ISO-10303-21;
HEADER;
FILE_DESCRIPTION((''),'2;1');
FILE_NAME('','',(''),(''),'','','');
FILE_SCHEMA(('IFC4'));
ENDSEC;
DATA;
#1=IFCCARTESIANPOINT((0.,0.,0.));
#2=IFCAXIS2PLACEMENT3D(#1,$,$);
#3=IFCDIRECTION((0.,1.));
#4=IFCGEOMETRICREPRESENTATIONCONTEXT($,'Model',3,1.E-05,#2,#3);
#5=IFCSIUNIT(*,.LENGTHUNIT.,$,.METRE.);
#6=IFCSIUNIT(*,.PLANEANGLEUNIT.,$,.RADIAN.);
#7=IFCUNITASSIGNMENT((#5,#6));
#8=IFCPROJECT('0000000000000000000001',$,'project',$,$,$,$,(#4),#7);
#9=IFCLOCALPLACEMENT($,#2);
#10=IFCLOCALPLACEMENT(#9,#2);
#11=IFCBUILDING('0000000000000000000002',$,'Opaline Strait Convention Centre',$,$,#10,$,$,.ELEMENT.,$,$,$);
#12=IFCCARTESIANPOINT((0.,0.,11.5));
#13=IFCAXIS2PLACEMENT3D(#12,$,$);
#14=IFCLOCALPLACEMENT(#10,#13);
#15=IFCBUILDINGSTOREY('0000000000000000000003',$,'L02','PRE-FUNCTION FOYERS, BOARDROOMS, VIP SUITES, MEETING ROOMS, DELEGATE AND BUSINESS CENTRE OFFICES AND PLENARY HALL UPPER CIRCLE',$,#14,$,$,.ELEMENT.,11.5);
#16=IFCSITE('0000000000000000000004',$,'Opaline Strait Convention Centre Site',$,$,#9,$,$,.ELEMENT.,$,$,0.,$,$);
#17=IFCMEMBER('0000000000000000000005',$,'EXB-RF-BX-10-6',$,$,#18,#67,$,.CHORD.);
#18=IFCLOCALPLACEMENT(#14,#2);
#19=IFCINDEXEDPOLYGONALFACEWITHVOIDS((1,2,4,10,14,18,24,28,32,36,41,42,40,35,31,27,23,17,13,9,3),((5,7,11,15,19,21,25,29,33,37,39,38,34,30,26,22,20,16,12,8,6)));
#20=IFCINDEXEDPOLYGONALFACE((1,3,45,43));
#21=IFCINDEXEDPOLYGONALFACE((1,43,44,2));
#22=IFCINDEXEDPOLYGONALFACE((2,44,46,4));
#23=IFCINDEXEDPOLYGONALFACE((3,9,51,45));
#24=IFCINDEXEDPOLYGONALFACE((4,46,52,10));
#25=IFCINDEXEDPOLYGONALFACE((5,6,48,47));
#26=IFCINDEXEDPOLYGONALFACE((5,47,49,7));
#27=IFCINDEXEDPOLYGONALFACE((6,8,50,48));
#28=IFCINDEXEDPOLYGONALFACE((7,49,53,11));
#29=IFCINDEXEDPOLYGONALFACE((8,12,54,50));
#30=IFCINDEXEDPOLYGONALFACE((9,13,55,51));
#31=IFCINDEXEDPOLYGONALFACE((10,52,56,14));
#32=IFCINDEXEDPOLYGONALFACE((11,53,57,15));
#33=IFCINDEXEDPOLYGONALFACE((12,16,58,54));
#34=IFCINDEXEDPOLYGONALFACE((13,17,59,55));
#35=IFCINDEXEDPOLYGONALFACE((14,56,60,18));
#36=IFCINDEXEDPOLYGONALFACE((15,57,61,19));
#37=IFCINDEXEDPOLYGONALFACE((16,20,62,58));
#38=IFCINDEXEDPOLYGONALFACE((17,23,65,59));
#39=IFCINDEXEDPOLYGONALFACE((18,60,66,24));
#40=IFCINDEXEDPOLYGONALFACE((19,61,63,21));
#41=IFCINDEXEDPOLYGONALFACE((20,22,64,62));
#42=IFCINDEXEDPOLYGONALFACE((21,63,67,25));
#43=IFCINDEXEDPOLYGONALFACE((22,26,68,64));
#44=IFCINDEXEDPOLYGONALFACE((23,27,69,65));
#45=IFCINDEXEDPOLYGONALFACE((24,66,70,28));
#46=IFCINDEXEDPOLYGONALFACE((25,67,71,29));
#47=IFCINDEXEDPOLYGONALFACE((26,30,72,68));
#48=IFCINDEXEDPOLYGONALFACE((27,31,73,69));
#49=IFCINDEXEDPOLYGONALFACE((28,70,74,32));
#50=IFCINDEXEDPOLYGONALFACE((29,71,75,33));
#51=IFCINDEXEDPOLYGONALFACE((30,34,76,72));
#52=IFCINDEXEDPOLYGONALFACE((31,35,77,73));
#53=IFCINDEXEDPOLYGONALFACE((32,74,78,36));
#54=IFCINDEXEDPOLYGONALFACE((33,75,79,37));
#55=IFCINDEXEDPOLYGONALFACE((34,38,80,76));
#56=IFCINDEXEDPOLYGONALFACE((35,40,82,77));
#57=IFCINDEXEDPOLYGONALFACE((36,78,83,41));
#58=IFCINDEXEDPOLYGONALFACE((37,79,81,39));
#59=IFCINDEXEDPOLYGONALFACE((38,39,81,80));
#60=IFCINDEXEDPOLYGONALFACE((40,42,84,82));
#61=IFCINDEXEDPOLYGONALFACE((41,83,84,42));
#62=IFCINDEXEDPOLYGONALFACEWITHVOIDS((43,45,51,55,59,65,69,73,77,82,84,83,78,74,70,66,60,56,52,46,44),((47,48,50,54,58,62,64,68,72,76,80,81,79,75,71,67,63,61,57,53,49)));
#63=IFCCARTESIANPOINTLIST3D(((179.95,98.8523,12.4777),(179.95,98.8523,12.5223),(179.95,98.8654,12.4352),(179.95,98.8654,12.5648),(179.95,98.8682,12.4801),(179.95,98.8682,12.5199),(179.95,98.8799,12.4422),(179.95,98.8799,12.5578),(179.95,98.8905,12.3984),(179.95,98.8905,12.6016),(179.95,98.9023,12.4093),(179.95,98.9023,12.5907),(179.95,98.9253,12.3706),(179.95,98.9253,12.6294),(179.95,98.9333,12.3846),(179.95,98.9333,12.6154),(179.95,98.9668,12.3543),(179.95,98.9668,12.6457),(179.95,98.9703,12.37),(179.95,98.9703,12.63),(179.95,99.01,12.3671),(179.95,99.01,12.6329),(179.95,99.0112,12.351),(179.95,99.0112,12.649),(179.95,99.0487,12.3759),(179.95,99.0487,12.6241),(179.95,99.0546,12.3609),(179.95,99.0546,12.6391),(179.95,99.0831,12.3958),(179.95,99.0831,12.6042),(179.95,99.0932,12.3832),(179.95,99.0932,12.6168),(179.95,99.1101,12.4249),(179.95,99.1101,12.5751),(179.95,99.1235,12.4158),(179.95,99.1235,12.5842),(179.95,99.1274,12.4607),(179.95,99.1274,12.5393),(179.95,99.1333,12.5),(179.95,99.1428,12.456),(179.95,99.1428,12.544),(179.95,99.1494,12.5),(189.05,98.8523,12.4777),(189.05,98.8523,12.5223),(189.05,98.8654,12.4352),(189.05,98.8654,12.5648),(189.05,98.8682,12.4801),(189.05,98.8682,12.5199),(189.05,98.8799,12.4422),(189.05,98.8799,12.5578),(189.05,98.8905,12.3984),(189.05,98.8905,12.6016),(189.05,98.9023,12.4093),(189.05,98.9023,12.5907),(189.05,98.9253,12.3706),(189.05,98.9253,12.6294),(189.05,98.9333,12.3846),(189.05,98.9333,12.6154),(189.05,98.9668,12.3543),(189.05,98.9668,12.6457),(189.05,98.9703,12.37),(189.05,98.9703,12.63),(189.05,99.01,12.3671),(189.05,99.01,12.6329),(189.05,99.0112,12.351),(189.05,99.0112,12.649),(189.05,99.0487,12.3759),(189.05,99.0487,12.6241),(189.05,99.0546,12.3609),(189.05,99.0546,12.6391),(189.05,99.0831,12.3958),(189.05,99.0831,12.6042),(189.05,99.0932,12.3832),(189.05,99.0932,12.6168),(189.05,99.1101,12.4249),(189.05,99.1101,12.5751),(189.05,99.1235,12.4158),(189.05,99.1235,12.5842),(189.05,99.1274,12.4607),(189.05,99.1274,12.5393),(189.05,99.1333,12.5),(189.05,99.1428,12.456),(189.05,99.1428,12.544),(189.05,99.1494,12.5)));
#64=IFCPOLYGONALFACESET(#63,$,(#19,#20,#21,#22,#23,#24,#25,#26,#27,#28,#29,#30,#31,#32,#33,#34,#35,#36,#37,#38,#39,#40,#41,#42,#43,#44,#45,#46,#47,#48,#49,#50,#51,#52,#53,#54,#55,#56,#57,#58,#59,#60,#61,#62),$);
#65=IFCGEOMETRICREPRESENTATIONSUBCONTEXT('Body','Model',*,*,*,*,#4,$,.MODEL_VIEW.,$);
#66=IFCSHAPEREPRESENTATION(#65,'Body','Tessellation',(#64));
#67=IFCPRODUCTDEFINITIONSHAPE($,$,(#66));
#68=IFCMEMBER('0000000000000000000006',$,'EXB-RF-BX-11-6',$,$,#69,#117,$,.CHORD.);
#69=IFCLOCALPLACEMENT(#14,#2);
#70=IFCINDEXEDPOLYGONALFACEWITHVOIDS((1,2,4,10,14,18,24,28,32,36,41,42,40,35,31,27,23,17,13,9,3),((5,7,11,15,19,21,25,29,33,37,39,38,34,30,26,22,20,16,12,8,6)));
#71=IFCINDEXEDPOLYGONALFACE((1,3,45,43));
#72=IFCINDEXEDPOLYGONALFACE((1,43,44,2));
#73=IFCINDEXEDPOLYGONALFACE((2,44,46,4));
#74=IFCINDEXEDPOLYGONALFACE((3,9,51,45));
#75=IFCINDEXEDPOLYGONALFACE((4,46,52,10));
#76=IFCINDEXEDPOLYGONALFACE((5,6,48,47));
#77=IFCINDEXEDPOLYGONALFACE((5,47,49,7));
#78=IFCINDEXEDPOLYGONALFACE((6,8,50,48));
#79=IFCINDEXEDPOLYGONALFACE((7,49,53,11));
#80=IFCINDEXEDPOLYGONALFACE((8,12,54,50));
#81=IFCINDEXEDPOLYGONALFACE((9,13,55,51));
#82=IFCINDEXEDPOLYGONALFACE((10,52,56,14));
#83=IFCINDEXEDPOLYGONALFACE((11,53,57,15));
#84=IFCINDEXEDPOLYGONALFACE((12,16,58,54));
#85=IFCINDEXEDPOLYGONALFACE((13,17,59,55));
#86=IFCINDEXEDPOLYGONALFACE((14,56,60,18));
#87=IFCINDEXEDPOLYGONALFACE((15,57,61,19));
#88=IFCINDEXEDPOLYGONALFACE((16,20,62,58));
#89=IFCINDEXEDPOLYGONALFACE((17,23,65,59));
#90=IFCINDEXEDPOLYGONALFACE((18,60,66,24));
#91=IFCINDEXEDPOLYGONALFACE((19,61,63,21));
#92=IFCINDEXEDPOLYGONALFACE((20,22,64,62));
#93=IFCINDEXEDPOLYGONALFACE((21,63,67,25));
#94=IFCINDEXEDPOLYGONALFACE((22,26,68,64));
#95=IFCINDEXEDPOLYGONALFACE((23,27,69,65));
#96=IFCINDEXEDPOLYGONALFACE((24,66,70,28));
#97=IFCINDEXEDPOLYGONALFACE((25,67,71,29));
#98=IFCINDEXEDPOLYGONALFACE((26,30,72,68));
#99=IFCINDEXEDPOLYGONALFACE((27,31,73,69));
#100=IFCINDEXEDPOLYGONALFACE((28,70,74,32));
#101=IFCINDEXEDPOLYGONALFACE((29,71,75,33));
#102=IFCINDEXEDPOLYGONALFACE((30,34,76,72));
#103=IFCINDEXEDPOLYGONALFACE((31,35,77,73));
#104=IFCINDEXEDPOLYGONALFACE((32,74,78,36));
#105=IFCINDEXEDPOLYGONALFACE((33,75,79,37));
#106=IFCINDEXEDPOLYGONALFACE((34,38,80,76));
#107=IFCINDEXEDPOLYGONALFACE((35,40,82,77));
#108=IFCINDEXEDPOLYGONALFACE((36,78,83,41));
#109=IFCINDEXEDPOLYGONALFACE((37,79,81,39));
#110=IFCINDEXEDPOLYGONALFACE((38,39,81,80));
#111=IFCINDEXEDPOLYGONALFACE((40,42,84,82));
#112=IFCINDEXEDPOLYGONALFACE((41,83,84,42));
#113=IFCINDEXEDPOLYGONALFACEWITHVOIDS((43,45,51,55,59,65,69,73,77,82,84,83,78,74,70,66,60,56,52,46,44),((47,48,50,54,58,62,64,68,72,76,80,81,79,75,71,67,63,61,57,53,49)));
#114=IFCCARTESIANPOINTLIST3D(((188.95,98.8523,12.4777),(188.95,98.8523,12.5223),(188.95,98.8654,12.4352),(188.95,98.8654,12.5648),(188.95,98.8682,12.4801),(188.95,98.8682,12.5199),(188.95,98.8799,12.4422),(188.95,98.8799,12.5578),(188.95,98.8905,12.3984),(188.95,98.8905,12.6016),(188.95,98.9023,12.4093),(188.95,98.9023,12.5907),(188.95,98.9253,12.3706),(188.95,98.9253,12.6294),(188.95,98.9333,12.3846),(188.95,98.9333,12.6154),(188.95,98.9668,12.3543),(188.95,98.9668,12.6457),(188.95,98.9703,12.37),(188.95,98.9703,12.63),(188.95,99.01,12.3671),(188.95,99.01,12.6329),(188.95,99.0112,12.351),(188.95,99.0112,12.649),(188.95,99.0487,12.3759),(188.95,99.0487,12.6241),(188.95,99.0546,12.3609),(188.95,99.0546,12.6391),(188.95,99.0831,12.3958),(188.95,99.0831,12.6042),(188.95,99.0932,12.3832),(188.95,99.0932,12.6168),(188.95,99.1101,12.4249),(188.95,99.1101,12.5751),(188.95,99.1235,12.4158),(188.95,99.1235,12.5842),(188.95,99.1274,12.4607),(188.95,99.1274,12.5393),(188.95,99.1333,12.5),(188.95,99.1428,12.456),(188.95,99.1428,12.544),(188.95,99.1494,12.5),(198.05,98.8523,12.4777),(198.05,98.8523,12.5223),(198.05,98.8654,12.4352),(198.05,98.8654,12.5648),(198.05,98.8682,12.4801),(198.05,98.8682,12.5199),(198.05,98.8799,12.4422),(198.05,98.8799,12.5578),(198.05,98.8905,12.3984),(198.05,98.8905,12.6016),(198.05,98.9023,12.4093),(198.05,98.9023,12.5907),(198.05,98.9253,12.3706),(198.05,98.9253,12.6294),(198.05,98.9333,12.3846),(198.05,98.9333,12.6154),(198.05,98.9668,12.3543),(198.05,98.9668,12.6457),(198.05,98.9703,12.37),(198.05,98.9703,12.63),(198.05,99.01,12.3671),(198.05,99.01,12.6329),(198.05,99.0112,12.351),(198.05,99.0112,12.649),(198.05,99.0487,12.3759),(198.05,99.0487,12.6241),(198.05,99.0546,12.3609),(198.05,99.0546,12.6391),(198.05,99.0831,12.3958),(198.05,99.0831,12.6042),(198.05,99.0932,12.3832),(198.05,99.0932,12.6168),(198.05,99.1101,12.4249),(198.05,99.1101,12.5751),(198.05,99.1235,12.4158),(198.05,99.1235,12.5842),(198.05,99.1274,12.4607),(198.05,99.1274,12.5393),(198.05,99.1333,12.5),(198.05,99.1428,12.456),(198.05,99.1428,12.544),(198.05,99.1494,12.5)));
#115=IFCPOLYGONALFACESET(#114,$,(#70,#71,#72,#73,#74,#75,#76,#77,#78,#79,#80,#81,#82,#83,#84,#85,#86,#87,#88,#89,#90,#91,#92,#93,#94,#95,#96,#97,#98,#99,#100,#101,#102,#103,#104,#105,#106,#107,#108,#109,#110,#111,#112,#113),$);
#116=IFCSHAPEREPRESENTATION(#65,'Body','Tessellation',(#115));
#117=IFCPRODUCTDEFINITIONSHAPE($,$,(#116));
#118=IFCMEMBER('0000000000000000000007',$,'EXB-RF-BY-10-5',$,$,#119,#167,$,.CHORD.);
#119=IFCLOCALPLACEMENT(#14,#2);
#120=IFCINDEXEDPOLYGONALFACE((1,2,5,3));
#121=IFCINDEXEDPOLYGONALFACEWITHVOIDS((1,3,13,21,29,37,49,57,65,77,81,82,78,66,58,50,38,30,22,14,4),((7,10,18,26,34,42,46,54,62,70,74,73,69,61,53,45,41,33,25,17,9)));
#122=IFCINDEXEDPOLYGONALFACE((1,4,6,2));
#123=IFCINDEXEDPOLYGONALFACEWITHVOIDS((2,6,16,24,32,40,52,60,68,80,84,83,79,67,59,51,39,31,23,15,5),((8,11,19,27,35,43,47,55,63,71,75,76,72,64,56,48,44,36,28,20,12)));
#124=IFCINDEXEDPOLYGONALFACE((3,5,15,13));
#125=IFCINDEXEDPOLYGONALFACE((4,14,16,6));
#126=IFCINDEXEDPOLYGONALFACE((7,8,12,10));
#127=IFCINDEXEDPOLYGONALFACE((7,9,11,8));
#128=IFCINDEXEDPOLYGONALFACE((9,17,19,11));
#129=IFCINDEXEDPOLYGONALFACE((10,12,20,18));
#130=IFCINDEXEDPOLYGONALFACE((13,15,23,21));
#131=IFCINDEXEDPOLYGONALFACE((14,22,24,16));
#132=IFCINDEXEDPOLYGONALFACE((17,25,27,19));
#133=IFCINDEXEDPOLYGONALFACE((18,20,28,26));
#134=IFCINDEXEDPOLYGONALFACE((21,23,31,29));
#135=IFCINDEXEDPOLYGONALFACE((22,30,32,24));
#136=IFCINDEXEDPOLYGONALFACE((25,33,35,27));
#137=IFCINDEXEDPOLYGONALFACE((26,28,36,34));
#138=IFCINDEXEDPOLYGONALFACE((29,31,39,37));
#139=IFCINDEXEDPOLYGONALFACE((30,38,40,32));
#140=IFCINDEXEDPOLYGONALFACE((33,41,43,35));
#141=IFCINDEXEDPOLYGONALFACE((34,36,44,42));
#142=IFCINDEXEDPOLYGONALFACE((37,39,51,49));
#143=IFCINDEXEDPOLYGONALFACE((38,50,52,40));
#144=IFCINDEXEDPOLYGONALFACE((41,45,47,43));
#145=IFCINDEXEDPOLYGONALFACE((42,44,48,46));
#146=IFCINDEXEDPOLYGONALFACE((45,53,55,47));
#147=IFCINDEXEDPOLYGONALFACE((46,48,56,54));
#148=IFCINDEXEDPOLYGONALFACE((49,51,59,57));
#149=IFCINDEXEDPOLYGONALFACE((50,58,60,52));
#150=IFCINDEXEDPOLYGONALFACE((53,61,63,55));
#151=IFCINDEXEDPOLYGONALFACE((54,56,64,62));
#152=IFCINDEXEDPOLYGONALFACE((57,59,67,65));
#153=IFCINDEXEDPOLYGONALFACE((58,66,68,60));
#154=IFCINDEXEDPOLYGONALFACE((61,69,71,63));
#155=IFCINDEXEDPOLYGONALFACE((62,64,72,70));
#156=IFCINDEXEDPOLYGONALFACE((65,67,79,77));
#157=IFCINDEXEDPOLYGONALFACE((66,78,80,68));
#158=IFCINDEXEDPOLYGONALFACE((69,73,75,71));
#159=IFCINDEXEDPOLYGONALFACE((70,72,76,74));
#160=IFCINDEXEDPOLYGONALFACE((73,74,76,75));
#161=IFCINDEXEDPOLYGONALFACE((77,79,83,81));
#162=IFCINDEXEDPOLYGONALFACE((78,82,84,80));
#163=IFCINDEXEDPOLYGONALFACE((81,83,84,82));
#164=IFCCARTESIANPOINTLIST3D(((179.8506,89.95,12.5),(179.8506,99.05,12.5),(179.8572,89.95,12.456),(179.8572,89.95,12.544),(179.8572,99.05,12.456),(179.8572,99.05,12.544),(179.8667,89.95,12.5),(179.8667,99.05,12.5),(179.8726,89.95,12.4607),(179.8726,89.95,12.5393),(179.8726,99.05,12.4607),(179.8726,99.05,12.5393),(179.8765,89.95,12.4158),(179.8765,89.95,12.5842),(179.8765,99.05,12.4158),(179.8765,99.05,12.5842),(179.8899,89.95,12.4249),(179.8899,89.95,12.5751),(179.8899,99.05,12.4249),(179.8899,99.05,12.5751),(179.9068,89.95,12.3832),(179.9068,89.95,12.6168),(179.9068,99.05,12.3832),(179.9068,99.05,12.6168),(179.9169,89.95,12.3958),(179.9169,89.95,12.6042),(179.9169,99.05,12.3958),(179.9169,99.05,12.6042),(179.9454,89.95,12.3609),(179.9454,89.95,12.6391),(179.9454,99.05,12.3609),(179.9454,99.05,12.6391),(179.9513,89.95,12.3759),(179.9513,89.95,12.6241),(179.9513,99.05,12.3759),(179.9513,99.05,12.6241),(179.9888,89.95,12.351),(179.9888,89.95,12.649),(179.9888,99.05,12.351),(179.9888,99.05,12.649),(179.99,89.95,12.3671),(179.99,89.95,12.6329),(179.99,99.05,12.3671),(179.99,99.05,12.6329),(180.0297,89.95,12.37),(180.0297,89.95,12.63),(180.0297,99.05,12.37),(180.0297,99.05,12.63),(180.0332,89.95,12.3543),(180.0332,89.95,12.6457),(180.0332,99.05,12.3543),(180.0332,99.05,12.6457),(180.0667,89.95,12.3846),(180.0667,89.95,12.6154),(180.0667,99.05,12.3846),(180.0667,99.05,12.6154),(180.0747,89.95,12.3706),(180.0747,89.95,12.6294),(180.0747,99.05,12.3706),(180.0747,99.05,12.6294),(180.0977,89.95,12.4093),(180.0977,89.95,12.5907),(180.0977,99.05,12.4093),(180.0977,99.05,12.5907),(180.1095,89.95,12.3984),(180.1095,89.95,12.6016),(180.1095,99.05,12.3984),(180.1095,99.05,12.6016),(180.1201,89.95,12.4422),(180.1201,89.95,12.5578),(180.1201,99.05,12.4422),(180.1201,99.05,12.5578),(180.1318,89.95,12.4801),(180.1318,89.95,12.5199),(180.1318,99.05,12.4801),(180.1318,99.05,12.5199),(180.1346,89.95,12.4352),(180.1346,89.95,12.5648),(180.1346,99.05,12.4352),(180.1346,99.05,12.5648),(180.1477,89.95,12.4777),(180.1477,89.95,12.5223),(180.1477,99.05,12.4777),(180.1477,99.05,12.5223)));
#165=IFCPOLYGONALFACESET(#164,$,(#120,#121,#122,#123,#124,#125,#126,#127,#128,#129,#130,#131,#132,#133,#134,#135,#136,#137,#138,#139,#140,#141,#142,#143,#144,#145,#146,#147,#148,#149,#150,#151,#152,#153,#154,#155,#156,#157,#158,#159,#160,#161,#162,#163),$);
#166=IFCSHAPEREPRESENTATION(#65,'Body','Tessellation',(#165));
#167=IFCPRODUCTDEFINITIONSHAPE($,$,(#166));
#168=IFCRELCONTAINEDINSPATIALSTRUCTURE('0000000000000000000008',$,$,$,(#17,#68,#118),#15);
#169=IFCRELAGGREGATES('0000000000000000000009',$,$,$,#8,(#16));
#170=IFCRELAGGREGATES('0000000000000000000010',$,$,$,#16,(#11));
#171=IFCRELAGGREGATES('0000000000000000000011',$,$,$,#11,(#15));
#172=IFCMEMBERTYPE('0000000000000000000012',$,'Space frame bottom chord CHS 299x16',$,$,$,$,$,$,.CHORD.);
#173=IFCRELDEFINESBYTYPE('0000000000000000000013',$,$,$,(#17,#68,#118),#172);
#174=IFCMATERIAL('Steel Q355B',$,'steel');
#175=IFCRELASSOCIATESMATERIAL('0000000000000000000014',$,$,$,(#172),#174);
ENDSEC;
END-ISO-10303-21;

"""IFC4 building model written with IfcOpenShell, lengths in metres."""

from ifc_helpers import new_model, si_unit, direction, frame, origin, origin_2d, place, context, subcontext, project, spatial, hollow_circle, extrude, material, material_profile, profile_set, type_object, element, save


model = new_model("IFC4")

# Units and contexts
model_context = context("Model", 3, precision=1e-05, world=origin(), true_north=direction((0.0, 1.0)))
body_context = subcontext(model_context, "Body", "Model", "MODEL_VIEW")
ifc_project = project(units=[si_unit("LENGTHUNIT", "METRE"), si_unit("PLANEANGLEUNIT", "RADIAN")], contexts=[model_context])

# Site, building, storey
site_placement = place(None, origin())
site = spatial("IfcSite", under=ifc_project, at=site_placement, Name="Opaline Strait Convention Centre Site", CompositionType="ELEMENT", RefElevation=0.0)
building_placement = place(site_placement, origin())
building = spatial("IfcBuilding", under=site, at=building_placement, Name="Opaline Strait Convention Centre", CompositionType="ELEMENT")
storey_placement = place(building_placement, frame((0.0, 0.0, 11.5)))
storey = spatial("IfcBuildingStorey", under=building, at=storey_placement, Name="L02", Description="PRE-FUNCTION FOYERS, BOARDROOMS, VIP SUITES, MEETING ROOMS, DELEGATE AND BUSINESS CENTRE OFFICES AND PLENARY HALL UPPER CIRCLE", CompositionType="ELEMENT", Elevation=11.5)

# Members
ifc_material = material(Name="Steel Q355B", Category="steel")
ifc_material_profile_1 = material_profile(ifc_material, hollow_circle(Radius=0.1494, WallThickness=0.0161, at=origin_2d()), Name="CHS 299x16")
ifc_profile_set_1 = profile_set([ifc_material_profile_1], Name="Steel Q355B")
member_type_1 = type_object("IfcMemberType", Name="Space frame bottom chord CHS 299x16", PredefinedType="CHORD", material=ifc_profile_set_1)
for number, where, z_axis, x_axis, name in (
    (1, (179.95, 99.0, 12.5), (1.0, 0.0, 0.0), (0.0, 1.0, 0.0), "EXB-RF-BX-10-6"),
    (2, (188.95, 99.0, 12.5), (1.0, 0.0, 0.0), (0.0, 1.0, 0.0), "EXB-RF-BX-11-6"),
    (3, (180.0, 89.95, 12.5), (0.0, 1.0, 0.0), (-1.0, 0.0, 0.0), "EXB-RF-BY-10-5"),
):
    element("IfcMember", number, at=place(storey_placement, frame(where, z_axis=z_axis, x_axis=x_axis)), inside=storey, type_object=member_type_1, Name=name, PredefinedType="CHORD", context=body_context, shape_type="SweptSolid", body=[
        extrude(hollow_circle(Radius=0.1494, WallThickness=0.0161, at=origin_2d()), origin(), (0.0, 0.0, 1.0), 9.1001),
    ])

save(model, "model.ifc")
